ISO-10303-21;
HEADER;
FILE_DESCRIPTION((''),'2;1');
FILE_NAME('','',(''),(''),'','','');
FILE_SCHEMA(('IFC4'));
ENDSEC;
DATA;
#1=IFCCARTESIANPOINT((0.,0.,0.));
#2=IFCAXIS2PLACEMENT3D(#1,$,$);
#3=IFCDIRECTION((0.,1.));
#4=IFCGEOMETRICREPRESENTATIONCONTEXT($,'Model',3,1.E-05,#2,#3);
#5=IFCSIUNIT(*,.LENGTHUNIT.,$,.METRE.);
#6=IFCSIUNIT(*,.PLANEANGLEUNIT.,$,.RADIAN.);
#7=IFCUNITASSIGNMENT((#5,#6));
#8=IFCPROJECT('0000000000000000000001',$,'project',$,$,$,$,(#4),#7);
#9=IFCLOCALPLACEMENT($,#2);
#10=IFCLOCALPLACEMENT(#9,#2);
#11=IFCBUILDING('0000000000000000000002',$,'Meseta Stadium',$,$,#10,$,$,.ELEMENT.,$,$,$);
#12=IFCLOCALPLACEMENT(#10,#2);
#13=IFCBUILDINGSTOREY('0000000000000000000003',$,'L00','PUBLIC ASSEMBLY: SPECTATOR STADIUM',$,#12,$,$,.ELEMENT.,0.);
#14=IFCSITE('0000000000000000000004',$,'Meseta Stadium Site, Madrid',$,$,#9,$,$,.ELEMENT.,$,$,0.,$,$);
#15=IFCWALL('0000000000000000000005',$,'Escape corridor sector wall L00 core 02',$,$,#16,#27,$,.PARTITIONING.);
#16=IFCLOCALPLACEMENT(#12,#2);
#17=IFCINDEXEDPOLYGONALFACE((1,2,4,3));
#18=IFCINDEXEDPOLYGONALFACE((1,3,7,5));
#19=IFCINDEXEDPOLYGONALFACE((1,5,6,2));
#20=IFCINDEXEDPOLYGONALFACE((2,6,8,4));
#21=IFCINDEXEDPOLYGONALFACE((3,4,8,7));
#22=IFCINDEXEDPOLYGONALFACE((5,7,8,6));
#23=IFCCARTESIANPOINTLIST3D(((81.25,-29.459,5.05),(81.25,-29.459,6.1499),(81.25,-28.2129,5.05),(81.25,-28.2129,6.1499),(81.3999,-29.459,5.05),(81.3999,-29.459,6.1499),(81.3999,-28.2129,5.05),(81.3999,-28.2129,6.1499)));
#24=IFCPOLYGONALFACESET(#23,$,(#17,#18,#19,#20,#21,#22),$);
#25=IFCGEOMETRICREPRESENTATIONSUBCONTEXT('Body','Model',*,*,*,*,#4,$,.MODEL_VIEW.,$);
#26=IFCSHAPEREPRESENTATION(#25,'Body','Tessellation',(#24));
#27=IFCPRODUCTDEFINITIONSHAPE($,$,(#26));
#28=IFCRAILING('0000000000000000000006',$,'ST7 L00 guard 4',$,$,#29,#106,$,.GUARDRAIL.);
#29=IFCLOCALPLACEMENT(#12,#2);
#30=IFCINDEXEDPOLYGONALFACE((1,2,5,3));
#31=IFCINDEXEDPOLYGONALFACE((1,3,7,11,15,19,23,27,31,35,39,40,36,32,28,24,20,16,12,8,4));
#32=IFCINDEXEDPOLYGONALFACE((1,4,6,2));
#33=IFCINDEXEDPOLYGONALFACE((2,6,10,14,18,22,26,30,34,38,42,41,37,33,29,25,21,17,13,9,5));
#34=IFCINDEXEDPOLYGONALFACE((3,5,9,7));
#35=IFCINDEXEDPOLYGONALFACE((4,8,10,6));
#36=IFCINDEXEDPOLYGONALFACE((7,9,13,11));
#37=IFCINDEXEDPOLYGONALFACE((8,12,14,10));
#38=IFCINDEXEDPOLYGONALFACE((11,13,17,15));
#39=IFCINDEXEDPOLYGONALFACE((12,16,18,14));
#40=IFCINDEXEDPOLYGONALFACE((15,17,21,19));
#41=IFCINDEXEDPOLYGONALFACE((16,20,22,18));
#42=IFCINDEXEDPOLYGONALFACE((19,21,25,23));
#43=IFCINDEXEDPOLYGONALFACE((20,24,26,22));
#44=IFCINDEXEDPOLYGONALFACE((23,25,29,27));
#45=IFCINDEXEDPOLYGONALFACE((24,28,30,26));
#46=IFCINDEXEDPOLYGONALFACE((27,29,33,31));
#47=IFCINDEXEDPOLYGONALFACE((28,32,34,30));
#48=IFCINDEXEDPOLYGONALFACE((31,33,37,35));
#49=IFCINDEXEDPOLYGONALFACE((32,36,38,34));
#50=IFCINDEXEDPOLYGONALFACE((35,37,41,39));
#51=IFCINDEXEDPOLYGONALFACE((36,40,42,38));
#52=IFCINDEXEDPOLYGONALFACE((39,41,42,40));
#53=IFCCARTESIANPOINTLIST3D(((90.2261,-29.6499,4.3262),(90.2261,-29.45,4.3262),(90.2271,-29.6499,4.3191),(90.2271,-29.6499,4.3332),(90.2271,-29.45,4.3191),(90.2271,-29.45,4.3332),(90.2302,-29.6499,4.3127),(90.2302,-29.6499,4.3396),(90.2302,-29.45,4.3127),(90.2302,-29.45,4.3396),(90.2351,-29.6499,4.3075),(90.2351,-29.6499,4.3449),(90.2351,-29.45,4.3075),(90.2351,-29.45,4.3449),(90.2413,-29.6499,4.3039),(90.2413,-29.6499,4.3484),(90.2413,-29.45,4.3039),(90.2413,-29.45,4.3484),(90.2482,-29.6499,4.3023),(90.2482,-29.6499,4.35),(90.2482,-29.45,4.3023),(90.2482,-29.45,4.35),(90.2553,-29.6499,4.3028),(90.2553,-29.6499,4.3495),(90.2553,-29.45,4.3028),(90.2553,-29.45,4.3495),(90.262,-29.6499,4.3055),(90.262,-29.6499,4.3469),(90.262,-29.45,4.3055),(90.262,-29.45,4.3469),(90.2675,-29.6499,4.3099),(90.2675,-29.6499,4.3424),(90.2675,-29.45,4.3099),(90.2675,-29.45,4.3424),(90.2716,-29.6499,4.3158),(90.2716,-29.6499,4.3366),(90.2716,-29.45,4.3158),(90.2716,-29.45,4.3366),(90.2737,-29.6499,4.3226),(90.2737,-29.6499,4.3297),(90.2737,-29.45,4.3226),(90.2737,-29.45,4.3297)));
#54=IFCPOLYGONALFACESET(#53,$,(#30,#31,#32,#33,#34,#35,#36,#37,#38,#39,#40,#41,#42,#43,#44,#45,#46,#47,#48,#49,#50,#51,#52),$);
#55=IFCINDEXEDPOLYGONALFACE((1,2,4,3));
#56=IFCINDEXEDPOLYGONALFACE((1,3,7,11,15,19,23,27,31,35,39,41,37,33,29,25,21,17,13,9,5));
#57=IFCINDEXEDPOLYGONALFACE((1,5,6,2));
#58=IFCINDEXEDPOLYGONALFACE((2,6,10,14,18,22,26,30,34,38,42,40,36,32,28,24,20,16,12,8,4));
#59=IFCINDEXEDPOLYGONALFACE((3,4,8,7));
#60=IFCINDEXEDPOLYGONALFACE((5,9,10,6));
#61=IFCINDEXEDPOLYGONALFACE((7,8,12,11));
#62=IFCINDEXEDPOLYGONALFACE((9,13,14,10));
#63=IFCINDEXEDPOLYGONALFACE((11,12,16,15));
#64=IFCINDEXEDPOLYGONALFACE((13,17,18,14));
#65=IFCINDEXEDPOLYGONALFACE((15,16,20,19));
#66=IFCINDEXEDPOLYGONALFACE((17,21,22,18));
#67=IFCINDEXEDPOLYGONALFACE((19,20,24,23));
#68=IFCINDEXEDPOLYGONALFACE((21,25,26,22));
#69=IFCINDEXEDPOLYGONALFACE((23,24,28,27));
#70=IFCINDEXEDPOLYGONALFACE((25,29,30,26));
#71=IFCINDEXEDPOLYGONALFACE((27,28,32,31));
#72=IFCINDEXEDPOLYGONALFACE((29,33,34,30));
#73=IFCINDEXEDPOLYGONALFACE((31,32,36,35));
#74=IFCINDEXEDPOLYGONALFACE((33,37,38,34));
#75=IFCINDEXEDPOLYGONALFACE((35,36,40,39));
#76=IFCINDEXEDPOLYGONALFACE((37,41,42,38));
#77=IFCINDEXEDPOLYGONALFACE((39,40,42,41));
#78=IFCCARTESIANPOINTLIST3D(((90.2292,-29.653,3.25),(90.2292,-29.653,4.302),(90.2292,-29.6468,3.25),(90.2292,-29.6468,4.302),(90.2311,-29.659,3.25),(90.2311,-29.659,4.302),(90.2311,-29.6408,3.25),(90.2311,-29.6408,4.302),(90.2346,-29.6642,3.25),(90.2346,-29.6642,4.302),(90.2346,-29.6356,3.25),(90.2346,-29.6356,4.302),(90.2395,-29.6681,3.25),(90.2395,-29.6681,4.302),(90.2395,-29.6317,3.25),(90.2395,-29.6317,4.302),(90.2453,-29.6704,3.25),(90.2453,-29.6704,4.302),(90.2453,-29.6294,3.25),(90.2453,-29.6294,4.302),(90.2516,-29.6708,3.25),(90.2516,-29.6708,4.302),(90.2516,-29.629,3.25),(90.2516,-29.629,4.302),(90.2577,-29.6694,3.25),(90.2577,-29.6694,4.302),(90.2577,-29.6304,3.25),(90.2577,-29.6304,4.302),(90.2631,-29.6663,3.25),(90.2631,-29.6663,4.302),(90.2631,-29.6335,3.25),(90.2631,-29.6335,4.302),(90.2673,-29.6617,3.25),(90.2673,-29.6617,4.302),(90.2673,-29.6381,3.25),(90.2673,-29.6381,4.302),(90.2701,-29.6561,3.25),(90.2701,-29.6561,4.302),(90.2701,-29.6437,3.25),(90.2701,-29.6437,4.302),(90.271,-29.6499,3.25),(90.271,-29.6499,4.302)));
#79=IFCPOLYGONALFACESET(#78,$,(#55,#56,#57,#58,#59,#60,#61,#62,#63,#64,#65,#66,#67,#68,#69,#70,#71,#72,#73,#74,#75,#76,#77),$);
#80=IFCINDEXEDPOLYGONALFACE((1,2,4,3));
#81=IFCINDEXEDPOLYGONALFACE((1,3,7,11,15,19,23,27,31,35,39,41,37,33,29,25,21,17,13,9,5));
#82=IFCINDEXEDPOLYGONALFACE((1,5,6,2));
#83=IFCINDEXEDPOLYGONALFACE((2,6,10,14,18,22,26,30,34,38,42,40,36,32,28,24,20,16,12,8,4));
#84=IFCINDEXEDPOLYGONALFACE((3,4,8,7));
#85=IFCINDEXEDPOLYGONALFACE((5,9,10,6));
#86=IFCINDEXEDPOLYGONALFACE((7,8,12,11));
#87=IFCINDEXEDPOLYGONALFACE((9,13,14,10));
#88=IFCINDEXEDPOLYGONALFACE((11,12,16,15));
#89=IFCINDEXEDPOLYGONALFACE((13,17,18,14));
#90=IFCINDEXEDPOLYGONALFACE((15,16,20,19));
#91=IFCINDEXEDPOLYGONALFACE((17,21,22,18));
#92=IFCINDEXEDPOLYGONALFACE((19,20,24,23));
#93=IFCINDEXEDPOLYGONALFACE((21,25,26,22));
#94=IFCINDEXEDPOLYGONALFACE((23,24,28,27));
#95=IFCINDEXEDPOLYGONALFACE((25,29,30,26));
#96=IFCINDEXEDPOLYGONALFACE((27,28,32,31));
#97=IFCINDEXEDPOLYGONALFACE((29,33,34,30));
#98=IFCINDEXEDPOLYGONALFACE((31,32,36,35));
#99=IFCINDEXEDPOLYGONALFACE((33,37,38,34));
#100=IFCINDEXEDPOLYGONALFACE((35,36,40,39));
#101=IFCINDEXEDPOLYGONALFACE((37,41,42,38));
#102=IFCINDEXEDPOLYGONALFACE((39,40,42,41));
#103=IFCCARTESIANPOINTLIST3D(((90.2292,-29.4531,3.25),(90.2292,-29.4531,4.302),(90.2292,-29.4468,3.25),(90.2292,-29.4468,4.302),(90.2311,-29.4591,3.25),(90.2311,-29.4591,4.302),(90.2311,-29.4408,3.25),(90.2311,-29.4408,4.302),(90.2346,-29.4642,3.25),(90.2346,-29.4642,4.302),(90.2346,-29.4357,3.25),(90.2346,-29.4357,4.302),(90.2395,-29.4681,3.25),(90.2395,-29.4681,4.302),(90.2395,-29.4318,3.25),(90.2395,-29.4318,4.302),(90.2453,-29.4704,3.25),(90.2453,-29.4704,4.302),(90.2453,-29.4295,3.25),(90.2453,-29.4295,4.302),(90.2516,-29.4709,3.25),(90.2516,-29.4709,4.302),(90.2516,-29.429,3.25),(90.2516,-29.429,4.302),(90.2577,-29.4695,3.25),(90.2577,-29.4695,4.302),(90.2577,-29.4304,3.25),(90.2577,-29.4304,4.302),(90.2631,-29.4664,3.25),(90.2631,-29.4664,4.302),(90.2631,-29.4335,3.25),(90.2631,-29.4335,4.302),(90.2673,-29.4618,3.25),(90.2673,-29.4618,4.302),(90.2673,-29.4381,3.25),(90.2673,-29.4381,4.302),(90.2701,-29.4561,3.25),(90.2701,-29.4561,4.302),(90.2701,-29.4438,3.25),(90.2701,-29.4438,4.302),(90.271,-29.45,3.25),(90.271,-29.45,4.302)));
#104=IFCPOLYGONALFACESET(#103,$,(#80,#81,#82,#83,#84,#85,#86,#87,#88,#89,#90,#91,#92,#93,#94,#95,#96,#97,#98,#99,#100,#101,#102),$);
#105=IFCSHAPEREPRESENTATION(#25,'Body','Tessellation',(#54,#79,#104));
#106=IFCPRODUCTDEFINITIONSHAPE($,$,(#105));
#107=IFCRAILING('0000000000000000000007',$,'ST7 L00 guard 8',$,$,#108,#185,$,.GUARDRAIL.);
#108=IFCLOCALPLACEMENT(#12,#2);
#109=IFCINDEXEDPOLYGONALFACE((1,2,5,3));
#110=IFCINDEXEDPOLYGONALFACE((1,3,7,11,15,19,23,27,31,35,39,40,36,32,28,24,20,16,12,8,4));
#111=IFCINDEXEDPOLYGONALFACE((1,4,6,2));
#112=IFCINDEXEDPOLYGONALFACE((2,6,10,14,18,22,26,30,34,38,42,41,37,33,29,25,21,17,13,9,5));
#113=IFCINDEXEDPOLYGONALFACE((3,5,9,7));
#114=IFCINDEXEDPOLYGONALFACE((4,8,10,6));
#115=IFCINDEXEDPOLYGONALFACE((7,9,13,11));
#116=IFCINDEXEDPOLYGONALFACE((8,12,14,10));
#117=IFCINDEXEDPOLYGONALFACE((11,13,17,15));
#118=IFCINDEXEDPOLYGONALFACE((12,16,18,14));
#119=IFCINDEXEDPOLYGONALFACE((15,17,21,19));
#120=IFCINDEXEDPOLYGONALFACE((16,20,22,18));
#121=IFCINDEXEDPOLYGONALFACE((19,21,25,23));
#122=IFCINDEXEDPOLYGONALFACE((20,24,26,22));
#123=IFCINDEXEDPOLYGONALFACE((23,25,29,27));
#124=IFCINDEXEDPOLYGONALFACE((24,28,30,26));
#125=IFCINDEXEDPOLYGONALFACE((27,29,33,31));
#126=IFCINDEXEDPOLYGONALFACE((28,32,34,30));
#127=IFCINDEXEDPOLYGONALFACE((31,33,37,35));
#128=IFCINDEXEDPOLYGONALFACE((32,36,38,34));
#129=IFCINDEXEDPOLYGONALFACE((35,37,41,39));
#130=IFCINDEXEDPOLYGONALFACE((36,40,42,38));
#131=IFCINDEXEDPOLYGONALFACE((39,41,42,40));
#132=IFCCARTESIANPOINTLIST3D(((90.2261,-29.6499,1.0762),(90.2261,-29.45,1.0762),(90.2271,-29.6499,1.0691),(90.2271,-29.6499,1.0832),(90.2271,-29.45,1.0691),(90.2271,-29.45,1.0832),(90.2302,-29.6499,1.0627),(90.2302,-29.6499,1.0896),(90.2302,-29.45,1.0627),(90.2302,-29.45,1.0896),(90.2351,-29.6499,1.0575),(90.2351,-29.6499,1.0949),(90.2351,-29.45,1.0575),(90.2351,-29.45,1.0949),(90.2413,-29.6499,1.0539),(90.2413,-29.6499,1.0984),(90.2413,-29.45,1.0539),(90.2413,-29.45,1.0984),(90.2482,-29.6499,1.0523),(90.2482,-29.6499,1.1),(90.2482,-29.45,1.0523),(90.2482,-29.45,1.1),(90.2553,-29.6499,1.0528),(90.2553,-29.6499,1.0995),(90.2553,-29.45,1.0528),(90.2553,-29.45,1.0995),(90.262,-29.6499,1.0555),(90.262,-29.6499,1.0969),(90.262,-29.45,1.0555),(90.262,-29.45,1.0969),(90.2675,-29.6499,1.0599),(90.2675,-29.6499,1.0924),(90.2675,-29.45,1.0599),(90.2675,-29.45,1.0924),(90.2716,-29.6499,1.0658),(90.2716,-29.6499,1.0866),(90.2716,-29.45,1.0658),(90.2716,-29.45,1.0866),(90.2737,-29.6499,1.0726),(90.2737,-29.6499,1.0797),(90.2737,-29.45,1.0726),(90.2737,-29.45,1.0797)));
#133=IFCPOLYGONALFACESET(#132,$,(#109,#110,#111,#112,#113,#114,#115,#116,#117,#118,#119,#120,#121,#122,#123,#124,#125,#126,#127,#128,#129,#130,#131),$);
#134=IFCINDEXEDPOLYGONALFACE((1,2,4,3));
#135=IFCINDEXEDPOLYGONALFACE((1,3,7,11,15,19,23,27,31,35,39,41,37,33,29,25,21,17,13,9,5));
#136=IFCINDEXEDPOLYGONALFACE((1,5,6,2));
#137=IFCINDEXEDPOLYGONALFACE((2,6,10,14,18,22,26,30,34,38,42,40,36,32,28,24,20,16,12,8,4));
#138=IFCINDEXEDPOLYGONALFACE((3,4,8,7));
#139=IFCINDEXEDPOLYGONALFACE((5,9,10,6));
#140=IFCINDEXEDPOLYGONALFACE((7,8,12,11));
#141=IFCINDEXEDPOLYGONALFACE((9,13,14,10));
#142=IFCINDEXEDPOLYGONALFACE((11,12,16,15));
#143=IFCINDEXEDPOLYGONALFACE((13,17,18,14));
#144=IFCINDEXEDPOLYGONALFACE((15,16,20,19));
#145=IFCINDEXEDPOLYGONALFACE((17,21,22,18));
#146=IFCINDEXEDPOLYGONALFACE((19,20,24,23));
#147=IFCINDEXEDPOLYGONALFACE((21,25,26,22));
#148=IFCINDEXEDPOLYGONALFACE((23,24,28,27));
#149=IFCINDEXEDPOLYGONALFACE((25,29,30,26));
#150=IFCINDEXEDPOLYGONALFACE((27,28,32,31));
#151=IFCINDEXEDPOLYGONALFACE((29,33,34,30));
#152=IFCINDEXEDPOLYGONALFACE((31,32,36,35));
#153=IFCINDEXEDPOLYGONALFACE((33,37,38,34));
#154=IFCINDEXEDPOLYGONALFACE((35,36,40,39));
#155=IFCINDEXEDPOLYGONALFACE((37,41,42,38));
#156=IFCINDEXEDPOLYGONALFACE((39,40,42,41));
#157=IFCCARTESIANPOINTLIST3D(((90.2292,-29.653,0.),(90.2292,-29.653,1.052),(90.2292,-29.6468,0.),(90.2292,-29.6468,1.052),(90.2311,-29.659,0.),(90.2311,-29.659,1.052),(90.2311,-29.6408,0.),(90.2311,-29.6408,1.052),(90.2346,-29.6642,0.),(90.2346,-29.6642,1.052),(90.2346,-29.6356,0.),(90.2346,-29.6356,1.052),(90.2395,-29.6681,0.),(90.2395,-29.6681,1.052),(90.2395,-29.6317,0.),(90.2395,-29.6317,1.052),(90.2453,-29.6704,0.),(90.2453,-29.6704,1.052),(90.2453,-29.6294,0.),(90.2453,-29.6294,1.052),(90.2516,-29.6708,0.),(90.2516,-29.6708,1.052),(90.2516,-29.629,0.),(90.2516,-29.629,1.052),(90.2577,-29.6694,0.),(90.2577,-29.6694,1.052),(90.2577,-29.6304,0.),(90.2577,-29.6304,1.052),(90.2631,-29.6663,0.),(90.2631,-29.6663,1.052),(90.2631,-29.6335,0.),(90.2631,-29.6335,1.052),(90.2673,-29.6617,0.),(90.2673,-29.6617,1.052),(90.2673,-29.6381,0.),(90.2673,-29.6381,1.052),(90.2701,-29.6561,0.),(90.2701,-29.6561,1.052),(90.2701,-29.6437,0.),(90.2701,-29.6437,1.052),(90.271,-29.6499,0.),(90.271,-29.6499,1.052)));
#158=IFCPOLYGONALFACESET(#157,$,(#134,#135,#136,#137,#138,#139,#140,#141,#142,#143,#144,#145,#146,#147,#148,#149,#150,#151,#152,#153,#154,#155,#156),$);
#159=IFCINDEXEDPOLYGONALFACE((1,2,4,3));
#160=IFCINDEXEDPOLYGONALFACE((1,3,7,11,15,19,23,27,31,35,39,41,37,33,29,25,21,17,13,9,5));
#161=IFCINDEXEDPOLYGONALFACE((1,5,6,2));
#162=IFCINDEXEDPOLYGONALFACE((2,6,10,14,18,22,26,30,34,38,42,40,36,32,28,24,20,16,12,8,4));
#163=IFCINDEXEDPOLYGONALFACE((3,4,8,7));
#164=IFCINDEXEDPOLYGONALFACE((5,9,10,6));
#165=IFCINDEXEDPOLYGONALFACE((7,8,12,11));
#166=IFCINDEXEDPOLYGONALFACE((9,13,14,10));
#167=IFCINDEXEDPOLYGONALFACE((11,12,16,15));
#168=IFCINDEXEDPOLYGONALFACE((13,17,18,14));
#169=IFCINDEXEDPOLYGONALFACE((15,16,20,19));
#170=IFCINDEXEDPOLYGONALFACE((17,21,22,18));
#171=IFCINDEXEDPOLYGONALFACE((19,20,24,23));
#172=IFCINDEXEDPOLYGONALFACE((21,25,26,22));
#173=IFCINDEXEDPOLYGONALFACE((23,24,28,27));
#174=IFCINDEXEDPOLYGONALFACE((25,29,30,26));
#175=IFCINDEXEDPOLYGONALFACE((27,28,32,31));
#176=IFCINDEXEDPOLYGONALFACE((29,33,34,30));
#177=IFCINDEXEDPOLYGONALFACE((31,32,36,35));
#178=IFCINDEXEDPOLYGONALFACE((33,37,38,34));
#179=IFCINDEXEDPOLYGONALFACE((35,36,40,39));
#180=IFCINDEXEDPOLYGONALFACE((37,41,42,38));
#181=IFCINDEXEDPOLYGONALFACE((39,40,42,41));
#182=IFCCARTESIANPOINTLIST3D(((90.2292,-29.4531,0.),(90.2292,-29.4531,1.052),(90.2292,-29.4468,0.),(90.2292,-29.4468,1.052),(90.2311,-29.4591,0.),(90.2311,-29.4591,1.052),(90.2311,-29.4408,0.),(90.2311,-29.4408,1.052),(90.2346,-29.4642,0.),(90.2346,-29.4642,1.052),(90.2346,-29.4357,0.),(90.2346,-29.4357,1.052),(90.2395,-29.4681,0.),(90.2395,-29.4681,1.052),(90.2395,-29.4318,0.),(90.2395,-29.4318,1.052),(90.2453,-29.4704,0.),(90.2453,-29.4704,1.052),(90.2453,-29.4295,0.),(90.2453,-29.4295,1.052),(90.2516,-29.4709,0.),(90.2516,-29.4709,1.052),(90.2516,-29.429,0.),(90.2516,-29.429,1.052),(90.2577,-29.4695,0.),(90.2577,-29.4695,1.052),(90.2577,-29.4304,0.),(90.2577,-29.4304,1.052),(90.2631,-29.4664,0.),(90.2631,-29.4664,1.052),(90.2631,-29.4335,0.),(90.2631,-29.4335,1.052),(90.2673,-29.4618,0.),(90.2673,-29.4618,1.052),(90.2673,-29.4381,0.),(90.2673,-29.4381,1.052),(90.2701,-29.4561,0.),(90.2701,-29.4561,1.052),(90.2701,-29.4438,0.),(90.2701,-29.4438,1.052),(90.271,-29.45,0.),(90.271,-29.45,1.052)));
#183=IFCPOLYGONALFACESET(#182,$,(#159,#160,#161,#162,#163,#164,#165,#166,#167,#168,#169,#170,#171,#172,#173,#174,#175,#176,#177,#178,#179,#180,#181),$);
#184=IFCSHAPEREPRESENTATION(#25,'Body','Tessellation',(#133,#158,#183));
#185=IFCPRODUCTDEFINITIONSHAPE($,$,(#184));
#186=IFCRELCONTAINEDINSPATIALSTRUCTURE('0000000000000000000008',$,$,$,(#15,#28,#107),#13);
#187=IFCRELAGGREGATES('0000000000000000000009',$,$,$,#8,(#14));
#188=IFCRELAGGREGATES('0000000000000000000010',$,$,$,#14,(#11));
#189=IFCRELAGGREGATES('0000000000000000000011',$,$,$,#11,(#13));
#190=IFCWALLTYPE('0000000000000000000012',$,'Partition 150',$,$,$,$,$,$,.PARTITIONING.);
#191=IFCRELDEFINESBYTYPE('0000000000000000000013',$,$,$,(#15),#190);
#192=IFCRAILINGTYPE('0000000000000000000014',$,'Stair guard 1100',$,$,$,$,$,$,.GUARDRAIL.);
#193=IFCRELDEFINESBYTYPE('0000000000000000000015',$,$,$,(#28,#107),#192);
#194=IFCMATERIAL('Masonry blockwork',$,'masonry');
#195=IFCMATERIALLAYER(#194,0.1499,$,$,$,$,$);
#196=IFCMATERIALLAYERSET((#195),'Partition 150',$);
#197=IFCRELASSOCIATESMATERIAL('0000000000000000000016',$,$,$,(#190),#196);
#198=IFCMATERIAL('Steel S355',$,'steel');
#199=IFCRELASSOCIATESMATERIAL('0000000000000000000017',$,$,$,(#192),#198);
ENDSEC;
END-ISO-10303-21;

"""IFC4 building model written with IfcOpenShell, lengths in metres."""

from ifc_helpers import new_model, si_unit, direction, frame, frame_2d, origin, origin_2d, place, context, subcontext, project, spatial, rectangle, circle, extrude, material, layer, layer_set, type_object, element, save


model = new_model("IFC4")

# Units and contexts
model_context = context("Model", 3, precision=1e-05, world=origin(), true_north=direction((0.0, 1.0)))
body_context = subcontext(model_context, "Body", "Model", "MODEL_VIEW")
ifc_project = project(units=[si_unit("LENGTHUNIT", "METRE"), si_unit("PLANEANGLEUNIT", "RADIAN")], contexts=[model_context])

# Site, building, storey
site_placement = place(None, origin())
site = spatial("IfcSite", under=ifc_project, at=site_placement, Name="Meseta Stadium Site, Madrid", CompositionType="ELEMENT", RefElevation=0.0)
building_placement = place(site_placement, origin())
building = spatial("IfcBuilding", under=site, at=building_placement, Name="Meseta Stadium", CompositionType="ELEMENT")
storey_placement = place(building_placement, origin())
storey = spatial("IfcBuildingStorey", under=building, at=storey_placement, Name="L00", Description="PUBLIC ASSEMBLY: SPECTATOR STADIUM", CompositionType="ELEMENT", Elevation=0.0)

# Wall
ifc_material_1 = material(Name="Masonry blockwork", Category="masonry")
ifc_layer_1 = layer(ifc_material_1, 0.1499)
ifc_layer_set_1 = layer_set([ifc_layer_1], Name="Partition 150")
wall_type_1 = type_object("IfcWallType", Name="Partition 150", PredefinedType="PARTITIONING", material=ifc_layer_set_1)
wall_1_placement = place(storey_placement, frame((81.325, -29.459, 5.05), z_axis=(0.0, 0.0, 1.0), x_axis=(0.0, 1.0, 0.0)))
element("IfcWall", 1, at=wall_1_placement, inside=storey, type_object=wall_type_1, Name="Escape corridor sector wall L00 core 02", PredefinedType="PARTITIONING", context=body_context, shape_type="SweptSolid", body=[
    extrude(rectangle(XDim=1.2461, YDim=0.1499, at=frame_2d((0.623, 0.0))), origin(), (0.0, 0.0, 1.0), 1.0999),
])

# Railings
ifc_material_2 = material(Name="Steel S355", Category="steel")
railing_type = type_object("IfcRailingType", Name="Stair guard 1100", PredefinedType="GUARDRAIL", material=ifc_material_2)
for number, where, name in (
    (2, (90.25, -29.6499, 3.25), "ST7 L00 guard 4"),
    (3, (90.25, -29.6499, 0.0), "ST7 L00 guard 8"),
):
    element("IfcRailing", number, at=place(storey_placement, frame(where)), inside=storey, type_object=railing_type, Name=name, PredefinedType="GUARDRAIL", context=body_context, shape_type="SweptSolid", body=[
        extrude(circle(Radius=0.0239, at=origin_2d()), frame((0.0, 0.0, 1.0762), z_axis=(0.0, 1.0, 0.0), x_axis=(-1.0, 0.0, 0.0)), (0.0, 0.0, 1.0), 0.2),
        extrude(circle(Radius=0.021, at=origin_2d()), origin(), (0.0, 0.0, 1.0), 1.052),
        extrude(circle(Radius=0.021, at=origin_2d()), frame((0.0, 0.2, 0.0)), (0.0, 0.0, 1.0), 1.052),
    ])

save(model, "model.ifc")
